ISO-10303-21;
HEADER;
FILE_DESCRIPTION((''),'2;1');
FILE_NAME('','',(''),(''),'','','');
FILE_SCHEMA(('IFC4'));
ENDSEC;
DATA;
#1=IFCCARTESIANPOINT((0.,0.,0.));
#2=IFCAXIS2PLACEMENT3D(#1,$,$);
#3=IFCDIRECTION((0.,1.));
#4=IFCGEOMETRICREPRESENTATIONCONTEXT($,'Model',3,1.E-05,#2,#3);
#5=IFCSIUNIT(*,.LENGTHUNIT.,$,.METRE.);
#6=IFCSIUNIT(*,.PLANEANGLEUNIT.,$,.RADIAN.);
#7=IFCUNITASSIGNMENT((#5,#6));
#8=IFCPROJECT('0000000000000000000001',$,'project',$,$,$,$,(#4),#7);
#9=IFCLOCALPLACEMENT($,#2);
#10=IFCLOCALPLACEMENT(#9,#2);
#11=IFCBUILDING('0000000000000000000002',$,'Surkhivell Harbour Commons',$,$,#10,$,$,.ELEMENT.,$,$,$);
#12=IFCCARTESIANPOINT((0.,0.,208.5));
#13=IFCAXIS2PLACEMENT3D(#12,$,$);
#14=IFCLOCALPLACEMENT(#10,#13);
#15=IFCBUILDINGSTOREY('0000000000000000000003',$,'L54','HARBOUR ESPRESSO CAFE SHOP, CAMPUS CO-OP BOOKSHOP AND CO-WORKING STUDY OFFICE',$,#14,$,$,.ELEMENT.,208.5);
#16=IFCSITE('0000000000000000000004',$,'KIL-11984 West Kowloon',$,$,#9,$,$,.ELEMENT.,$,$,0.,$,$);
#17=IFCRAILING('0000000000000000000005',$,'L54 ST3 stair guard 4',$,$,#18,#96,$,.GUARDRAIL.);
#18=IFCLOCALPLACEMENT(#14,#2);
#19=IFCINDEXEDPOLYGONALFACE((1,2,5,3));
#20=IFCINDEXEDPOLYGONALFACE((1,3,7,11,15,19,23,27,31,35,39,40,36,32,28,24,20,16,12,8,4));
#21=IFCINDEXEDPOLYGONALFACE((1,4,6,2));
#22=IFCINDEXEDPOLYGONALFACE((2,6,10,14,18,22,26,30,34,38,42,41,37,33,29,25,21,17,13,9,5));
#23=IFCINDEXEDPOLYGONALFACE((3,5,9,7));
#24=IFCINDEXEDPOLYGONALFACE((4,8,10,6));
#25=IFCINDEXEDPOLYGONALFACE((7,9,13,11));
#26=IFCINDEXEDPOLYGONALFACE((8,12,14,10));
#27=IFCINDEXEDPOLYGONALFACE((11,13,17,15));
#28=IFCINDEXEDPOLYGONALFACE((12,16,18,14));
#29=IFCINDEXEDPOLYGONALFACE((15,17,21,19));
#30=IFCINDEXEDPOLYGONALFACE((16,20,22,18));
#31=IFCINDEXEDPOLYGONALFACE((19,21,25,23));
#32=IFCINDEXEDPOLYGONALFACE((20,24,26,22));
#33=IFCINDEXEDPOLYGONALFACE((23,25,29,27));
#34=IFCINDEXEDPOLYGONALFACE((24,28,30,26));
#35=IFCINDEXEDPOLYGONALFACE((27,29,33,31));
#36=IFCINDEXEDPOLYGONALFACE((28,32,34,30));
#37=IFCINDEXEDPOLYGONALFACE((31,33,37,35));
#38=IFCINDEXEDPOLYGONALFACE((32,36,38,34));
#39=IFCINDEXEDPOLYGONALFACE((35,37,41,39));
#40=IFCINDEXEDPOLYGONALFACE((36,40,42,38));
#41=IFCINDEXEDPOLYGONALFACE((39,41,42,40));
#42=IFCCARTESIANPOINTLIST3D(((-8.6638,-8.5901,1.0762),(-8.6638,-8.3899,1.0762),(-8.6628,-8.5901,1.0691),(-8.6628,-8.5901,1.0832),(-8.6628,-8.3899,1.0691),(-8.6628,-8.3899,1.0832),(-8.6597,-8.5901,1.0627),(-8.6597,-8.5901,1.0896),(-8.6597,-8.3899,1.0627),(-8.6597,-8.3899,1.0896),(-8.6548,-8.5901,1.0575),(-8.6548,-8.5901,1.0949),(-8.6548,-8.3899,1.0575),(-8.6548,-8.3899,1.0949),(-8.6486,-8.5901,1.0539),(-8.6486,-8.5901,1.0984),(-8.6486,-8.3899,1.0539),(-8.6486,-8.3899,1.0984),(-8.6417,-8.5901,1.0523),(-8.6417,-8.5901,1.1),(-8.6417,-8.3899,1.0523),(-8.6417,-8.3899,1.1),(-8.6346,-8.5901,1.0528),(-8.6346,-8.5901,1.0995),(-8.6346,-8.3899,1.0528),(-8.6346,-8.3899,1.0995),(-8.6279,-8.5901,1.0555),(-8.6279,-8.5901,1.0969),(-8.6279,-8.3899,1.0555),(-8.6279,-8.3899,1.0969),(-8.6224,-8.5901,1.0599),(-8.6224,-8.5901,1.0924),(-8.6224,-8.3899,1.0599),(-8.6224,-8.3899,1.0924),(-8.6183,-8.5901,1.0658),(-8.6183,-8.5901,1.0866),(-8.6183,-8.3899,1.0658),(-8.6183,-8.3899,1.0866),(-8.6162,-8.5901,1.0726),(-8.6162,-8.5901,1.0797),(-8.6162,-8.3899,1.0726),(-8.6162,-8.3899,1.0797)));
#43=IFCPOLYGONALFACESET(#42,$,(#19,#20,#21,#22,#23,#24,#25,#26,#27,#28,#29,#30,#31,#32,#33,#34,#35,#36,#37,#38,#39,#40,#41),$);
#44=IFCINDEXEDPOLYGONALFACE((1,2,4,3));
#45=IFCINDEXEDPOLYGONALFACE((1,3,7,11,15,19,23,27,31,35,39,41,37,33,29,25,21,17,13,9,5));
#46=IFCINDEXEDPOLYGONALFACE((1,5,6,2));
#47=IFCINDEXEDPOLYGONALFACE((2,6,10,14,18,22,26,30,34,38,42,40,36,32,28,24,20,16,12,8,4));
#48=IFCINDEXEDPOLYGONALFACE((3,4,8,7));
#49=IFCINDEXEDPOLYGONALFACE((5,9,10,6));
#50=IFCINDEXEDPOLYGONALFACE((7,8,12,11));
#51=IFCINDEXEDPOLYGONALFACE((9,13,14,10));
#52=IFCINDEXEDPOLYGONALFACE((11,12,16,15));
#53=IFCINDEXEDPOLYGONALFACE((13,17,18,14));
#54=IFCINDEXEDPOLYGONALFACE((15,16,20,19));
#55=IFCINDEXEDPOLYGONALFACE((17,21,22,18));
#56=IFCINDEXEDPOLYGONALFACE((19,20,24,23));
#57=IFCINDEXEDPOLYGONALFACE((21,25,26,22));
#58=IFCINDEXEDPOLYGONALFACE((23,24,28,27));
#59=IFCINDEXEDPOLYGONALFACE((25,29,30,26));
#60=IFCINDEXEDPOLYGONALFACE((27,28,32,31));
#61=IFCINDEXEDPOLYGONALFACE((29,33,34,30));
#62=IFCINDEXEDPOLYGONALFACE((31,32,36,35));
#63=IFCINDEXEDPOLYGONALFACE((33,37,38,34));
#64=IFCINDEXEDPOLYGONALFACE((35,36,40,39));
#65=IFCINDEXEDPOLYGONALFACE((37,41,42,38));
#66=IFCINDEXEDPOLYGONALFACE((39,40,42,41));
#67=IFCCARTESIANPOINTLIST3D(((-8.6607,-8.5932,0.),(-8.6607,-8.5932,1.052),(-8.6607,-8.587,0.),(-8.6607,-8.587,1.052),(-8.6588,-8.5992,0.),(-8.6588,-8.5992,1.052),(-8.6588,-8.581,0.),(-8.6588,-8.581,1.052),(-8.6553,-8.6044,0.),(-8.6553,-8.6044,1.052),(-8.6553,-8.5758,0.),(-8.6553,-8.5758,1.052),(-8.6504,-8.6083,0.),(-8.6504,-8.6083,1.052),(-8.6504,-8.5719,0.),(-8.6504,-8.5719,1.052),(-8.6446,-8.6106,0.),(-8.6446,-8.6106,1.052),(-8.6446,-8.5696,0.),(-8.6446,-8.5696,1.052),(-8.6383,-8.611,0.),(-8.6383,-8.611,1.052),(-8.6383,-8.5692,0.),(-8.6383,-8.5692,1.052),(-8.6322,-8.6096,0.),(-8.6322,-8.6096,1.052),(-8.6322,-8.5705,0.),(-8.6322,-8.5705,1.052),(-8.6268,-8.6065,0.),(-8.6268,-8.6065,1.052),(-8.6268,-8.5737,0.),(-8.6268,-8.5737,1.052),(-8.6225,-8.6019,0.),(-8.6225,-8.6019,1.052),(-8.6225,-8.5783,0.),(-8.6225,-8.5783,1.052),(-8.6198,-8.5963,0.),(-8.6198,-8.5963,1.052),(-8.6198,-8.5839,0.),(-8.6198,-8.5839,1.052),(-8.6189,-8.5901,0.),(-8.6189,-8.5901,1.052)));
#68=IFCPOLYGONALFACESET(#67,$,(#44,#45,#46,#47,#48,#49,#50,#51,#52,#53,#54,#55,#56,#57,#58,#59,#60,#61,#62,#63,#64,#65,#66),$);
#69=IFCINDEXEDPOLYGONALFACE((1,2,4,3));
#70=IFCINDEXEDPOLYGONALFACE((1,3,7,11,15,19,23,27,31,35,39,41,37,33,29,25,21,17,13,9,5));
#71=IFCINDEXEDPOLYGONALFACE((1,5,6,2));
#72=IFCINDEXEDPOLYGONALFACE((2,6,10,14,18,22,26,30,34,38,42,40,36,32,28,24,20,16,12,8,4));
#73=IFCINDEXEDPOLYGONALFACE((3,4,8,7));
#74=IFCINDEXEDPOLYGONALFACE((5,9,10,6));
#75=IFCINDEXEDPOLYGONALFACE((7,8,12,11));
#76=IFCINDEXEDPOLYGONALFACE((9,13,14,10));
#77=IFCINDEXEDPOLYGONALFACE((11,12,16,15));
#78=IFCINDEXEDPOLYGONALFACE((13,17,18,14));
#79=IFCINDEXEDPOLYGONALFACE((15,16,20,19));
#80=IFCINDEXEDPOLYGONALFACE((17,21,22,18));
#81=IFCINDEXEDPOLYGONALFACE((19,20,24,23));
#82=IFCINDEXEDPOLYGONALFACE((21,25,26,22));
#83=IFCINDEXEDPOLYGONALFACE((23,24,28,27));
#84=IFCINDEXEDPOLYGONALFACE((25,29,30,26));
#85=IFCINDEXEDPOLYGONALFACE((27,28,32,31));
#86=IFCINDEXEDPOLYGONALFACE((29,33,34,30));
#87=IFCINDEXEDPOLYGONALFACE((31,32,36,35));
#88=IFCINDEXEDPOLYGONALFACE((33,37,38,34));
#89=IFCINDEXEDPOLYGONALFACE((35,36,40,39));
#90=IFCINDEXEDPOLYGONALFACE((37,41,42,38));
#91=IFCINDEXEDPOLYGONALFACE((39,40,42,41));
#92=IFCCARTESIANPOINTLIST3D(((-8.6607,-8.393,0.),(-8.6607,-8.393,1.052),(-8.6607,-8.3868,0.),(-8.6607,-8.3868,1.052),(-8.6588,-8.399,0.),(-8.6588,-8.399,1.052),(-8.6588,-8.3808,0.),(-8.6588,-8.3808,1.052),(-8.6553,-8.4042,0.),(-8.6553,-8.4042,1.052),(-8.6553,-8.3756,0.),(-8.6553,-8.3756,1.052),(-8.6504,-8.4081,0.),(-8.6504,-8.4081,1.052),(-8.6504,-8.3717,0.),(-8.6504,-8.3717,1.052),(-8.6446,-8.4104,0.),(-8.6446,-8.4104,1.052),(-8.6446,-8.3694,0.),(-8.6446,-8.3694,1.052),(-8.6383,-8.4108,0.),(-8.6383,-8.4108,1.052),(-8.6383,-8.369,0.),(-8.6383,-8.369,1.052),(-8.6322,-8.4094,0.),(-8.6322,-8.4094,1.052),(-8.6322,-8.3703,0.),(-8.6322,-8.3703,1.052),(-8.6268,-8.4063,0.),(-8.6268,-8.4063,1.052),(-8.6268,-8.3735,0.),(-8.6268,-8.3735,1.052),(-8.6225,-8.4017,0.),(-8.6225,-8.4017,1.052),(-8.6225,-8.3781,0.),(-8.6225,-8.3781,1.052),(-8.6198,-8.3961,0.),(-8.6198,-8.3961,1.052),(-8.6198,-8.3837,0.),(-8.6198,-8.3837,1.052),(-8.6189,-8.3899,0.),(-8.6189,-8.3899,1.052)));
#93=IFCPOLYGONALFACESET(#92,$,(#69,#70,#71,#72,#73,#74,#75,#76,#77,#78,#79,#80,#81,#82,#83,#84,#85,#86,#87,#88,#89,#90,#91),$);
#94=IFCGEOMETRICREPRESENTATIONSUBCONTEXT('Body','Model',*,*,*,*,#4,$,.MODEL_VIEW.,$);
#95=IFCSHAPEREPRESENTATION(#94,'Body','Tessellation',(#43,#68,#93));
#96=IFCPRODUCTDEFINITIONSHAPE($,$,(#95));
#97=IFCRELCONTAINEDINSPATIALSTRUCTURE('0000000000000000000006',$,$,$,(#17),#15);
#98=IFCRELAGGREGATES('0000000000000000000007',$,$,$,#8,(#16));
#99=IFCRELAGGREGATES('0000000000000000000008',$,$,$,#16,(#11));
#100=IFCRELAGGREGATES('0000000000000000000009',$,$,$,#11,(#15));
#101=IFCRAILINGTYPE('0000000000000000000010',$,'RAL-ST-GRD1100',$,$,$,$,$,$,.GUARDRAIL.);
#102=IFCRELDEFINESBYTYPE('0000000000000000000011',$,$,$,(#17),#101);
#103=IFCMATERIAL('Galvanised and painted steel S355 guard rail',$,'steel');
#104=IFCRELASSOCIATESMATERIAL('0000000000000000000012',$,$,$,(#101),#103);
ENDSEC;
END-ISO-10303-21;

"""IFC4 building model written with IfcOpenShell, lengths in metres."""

from ifc_helpers import new_model, si_unit, direction, frame, origin, origin_2d, place, context, subcontext, project, spatial, circle, extrude, material, type_object, element, save


model = new_model("IFC4")

# Units and contexts
model_context = context("Model", 3, precision=1e-05, world=origin(), true_north=direction((0.0, 1.0)))
body_context = subcontext(model_context, "Body", "Model", "MODEL_VIEW")
ifc_project = project(units=[si_unit("LENGTHUNIT", "METRE"), si_unit("PLANEANGLEUNIT", "RADIAN")], contexts=[model_context])

# Site, building, storey
site_placement = place(None, origin())
site = spatial("IfcSite", under=ifc_project, at=site_placement, Name="KIL-11984 West Kowloon", CompositionType="ELEMENT", RefElevation=0.0)
building_placement = place(site_placement, origin())
building = spatial("IfcBuilding", under=site, at=building_placement, Name="Surkhivell Harbour Commons", CompositionType="ELEMENT")
storey_placement = place(building_placement, frame((0.0, 0.0, 208.5)))
storey = spatial("IfcBuildingStorey", under=building, at=storey_placement, Name="L54", Description="HARBOUR ESPRESSO CAFE SHOP, CAMPUS CO-OP BOOKSHOP AND CO-WORKING STUDY OFFICE", CompositionType="ELEMENT", Elevation=208.5)

# Railing
ifc_material_1 = material(Name="Galvanised and painted steel S355 guard rail", Category="steel")
railing_type_1 = type_object("IfcRailingType", Name="RAL-ST-GRD1100", PredefinedType="GUARDRAIL", material=ifc_material_1)
railing_1_placement = place(storey_placement, frame((-8.6399, -8.5901, 0.0)))
element("IfcRailing", 1, at=railing_1_placement, inside=storey, type_object=railing_type_1, Name="L54 ST3 stair guard 4", PredefinedType="GUARDRAIL", context=body_context, shape_type="SweptSolid", body=[
    extrude(circle(Radius=0.0239, at=origin_2d()), frame((0.0, 0.0, 1.0762), z_axis=(0.0, 1.0, 0.0), x_axis=(-1.0, 0.0, 0.0)), (0.0, 0.0, 1.0), 0.2002),
    extrude(circle(Radius=0.021, at=origin_2d()), origin(), (0.0, 0.0, 1.0), 1.052),
    extrude(circle(Radius=0.021, at=origin_2d()), frame((0.0, 0.2002, 0.0)), (0.0, 0.0, 1.0), 1.052),
])

save(model, "model.ifc")
